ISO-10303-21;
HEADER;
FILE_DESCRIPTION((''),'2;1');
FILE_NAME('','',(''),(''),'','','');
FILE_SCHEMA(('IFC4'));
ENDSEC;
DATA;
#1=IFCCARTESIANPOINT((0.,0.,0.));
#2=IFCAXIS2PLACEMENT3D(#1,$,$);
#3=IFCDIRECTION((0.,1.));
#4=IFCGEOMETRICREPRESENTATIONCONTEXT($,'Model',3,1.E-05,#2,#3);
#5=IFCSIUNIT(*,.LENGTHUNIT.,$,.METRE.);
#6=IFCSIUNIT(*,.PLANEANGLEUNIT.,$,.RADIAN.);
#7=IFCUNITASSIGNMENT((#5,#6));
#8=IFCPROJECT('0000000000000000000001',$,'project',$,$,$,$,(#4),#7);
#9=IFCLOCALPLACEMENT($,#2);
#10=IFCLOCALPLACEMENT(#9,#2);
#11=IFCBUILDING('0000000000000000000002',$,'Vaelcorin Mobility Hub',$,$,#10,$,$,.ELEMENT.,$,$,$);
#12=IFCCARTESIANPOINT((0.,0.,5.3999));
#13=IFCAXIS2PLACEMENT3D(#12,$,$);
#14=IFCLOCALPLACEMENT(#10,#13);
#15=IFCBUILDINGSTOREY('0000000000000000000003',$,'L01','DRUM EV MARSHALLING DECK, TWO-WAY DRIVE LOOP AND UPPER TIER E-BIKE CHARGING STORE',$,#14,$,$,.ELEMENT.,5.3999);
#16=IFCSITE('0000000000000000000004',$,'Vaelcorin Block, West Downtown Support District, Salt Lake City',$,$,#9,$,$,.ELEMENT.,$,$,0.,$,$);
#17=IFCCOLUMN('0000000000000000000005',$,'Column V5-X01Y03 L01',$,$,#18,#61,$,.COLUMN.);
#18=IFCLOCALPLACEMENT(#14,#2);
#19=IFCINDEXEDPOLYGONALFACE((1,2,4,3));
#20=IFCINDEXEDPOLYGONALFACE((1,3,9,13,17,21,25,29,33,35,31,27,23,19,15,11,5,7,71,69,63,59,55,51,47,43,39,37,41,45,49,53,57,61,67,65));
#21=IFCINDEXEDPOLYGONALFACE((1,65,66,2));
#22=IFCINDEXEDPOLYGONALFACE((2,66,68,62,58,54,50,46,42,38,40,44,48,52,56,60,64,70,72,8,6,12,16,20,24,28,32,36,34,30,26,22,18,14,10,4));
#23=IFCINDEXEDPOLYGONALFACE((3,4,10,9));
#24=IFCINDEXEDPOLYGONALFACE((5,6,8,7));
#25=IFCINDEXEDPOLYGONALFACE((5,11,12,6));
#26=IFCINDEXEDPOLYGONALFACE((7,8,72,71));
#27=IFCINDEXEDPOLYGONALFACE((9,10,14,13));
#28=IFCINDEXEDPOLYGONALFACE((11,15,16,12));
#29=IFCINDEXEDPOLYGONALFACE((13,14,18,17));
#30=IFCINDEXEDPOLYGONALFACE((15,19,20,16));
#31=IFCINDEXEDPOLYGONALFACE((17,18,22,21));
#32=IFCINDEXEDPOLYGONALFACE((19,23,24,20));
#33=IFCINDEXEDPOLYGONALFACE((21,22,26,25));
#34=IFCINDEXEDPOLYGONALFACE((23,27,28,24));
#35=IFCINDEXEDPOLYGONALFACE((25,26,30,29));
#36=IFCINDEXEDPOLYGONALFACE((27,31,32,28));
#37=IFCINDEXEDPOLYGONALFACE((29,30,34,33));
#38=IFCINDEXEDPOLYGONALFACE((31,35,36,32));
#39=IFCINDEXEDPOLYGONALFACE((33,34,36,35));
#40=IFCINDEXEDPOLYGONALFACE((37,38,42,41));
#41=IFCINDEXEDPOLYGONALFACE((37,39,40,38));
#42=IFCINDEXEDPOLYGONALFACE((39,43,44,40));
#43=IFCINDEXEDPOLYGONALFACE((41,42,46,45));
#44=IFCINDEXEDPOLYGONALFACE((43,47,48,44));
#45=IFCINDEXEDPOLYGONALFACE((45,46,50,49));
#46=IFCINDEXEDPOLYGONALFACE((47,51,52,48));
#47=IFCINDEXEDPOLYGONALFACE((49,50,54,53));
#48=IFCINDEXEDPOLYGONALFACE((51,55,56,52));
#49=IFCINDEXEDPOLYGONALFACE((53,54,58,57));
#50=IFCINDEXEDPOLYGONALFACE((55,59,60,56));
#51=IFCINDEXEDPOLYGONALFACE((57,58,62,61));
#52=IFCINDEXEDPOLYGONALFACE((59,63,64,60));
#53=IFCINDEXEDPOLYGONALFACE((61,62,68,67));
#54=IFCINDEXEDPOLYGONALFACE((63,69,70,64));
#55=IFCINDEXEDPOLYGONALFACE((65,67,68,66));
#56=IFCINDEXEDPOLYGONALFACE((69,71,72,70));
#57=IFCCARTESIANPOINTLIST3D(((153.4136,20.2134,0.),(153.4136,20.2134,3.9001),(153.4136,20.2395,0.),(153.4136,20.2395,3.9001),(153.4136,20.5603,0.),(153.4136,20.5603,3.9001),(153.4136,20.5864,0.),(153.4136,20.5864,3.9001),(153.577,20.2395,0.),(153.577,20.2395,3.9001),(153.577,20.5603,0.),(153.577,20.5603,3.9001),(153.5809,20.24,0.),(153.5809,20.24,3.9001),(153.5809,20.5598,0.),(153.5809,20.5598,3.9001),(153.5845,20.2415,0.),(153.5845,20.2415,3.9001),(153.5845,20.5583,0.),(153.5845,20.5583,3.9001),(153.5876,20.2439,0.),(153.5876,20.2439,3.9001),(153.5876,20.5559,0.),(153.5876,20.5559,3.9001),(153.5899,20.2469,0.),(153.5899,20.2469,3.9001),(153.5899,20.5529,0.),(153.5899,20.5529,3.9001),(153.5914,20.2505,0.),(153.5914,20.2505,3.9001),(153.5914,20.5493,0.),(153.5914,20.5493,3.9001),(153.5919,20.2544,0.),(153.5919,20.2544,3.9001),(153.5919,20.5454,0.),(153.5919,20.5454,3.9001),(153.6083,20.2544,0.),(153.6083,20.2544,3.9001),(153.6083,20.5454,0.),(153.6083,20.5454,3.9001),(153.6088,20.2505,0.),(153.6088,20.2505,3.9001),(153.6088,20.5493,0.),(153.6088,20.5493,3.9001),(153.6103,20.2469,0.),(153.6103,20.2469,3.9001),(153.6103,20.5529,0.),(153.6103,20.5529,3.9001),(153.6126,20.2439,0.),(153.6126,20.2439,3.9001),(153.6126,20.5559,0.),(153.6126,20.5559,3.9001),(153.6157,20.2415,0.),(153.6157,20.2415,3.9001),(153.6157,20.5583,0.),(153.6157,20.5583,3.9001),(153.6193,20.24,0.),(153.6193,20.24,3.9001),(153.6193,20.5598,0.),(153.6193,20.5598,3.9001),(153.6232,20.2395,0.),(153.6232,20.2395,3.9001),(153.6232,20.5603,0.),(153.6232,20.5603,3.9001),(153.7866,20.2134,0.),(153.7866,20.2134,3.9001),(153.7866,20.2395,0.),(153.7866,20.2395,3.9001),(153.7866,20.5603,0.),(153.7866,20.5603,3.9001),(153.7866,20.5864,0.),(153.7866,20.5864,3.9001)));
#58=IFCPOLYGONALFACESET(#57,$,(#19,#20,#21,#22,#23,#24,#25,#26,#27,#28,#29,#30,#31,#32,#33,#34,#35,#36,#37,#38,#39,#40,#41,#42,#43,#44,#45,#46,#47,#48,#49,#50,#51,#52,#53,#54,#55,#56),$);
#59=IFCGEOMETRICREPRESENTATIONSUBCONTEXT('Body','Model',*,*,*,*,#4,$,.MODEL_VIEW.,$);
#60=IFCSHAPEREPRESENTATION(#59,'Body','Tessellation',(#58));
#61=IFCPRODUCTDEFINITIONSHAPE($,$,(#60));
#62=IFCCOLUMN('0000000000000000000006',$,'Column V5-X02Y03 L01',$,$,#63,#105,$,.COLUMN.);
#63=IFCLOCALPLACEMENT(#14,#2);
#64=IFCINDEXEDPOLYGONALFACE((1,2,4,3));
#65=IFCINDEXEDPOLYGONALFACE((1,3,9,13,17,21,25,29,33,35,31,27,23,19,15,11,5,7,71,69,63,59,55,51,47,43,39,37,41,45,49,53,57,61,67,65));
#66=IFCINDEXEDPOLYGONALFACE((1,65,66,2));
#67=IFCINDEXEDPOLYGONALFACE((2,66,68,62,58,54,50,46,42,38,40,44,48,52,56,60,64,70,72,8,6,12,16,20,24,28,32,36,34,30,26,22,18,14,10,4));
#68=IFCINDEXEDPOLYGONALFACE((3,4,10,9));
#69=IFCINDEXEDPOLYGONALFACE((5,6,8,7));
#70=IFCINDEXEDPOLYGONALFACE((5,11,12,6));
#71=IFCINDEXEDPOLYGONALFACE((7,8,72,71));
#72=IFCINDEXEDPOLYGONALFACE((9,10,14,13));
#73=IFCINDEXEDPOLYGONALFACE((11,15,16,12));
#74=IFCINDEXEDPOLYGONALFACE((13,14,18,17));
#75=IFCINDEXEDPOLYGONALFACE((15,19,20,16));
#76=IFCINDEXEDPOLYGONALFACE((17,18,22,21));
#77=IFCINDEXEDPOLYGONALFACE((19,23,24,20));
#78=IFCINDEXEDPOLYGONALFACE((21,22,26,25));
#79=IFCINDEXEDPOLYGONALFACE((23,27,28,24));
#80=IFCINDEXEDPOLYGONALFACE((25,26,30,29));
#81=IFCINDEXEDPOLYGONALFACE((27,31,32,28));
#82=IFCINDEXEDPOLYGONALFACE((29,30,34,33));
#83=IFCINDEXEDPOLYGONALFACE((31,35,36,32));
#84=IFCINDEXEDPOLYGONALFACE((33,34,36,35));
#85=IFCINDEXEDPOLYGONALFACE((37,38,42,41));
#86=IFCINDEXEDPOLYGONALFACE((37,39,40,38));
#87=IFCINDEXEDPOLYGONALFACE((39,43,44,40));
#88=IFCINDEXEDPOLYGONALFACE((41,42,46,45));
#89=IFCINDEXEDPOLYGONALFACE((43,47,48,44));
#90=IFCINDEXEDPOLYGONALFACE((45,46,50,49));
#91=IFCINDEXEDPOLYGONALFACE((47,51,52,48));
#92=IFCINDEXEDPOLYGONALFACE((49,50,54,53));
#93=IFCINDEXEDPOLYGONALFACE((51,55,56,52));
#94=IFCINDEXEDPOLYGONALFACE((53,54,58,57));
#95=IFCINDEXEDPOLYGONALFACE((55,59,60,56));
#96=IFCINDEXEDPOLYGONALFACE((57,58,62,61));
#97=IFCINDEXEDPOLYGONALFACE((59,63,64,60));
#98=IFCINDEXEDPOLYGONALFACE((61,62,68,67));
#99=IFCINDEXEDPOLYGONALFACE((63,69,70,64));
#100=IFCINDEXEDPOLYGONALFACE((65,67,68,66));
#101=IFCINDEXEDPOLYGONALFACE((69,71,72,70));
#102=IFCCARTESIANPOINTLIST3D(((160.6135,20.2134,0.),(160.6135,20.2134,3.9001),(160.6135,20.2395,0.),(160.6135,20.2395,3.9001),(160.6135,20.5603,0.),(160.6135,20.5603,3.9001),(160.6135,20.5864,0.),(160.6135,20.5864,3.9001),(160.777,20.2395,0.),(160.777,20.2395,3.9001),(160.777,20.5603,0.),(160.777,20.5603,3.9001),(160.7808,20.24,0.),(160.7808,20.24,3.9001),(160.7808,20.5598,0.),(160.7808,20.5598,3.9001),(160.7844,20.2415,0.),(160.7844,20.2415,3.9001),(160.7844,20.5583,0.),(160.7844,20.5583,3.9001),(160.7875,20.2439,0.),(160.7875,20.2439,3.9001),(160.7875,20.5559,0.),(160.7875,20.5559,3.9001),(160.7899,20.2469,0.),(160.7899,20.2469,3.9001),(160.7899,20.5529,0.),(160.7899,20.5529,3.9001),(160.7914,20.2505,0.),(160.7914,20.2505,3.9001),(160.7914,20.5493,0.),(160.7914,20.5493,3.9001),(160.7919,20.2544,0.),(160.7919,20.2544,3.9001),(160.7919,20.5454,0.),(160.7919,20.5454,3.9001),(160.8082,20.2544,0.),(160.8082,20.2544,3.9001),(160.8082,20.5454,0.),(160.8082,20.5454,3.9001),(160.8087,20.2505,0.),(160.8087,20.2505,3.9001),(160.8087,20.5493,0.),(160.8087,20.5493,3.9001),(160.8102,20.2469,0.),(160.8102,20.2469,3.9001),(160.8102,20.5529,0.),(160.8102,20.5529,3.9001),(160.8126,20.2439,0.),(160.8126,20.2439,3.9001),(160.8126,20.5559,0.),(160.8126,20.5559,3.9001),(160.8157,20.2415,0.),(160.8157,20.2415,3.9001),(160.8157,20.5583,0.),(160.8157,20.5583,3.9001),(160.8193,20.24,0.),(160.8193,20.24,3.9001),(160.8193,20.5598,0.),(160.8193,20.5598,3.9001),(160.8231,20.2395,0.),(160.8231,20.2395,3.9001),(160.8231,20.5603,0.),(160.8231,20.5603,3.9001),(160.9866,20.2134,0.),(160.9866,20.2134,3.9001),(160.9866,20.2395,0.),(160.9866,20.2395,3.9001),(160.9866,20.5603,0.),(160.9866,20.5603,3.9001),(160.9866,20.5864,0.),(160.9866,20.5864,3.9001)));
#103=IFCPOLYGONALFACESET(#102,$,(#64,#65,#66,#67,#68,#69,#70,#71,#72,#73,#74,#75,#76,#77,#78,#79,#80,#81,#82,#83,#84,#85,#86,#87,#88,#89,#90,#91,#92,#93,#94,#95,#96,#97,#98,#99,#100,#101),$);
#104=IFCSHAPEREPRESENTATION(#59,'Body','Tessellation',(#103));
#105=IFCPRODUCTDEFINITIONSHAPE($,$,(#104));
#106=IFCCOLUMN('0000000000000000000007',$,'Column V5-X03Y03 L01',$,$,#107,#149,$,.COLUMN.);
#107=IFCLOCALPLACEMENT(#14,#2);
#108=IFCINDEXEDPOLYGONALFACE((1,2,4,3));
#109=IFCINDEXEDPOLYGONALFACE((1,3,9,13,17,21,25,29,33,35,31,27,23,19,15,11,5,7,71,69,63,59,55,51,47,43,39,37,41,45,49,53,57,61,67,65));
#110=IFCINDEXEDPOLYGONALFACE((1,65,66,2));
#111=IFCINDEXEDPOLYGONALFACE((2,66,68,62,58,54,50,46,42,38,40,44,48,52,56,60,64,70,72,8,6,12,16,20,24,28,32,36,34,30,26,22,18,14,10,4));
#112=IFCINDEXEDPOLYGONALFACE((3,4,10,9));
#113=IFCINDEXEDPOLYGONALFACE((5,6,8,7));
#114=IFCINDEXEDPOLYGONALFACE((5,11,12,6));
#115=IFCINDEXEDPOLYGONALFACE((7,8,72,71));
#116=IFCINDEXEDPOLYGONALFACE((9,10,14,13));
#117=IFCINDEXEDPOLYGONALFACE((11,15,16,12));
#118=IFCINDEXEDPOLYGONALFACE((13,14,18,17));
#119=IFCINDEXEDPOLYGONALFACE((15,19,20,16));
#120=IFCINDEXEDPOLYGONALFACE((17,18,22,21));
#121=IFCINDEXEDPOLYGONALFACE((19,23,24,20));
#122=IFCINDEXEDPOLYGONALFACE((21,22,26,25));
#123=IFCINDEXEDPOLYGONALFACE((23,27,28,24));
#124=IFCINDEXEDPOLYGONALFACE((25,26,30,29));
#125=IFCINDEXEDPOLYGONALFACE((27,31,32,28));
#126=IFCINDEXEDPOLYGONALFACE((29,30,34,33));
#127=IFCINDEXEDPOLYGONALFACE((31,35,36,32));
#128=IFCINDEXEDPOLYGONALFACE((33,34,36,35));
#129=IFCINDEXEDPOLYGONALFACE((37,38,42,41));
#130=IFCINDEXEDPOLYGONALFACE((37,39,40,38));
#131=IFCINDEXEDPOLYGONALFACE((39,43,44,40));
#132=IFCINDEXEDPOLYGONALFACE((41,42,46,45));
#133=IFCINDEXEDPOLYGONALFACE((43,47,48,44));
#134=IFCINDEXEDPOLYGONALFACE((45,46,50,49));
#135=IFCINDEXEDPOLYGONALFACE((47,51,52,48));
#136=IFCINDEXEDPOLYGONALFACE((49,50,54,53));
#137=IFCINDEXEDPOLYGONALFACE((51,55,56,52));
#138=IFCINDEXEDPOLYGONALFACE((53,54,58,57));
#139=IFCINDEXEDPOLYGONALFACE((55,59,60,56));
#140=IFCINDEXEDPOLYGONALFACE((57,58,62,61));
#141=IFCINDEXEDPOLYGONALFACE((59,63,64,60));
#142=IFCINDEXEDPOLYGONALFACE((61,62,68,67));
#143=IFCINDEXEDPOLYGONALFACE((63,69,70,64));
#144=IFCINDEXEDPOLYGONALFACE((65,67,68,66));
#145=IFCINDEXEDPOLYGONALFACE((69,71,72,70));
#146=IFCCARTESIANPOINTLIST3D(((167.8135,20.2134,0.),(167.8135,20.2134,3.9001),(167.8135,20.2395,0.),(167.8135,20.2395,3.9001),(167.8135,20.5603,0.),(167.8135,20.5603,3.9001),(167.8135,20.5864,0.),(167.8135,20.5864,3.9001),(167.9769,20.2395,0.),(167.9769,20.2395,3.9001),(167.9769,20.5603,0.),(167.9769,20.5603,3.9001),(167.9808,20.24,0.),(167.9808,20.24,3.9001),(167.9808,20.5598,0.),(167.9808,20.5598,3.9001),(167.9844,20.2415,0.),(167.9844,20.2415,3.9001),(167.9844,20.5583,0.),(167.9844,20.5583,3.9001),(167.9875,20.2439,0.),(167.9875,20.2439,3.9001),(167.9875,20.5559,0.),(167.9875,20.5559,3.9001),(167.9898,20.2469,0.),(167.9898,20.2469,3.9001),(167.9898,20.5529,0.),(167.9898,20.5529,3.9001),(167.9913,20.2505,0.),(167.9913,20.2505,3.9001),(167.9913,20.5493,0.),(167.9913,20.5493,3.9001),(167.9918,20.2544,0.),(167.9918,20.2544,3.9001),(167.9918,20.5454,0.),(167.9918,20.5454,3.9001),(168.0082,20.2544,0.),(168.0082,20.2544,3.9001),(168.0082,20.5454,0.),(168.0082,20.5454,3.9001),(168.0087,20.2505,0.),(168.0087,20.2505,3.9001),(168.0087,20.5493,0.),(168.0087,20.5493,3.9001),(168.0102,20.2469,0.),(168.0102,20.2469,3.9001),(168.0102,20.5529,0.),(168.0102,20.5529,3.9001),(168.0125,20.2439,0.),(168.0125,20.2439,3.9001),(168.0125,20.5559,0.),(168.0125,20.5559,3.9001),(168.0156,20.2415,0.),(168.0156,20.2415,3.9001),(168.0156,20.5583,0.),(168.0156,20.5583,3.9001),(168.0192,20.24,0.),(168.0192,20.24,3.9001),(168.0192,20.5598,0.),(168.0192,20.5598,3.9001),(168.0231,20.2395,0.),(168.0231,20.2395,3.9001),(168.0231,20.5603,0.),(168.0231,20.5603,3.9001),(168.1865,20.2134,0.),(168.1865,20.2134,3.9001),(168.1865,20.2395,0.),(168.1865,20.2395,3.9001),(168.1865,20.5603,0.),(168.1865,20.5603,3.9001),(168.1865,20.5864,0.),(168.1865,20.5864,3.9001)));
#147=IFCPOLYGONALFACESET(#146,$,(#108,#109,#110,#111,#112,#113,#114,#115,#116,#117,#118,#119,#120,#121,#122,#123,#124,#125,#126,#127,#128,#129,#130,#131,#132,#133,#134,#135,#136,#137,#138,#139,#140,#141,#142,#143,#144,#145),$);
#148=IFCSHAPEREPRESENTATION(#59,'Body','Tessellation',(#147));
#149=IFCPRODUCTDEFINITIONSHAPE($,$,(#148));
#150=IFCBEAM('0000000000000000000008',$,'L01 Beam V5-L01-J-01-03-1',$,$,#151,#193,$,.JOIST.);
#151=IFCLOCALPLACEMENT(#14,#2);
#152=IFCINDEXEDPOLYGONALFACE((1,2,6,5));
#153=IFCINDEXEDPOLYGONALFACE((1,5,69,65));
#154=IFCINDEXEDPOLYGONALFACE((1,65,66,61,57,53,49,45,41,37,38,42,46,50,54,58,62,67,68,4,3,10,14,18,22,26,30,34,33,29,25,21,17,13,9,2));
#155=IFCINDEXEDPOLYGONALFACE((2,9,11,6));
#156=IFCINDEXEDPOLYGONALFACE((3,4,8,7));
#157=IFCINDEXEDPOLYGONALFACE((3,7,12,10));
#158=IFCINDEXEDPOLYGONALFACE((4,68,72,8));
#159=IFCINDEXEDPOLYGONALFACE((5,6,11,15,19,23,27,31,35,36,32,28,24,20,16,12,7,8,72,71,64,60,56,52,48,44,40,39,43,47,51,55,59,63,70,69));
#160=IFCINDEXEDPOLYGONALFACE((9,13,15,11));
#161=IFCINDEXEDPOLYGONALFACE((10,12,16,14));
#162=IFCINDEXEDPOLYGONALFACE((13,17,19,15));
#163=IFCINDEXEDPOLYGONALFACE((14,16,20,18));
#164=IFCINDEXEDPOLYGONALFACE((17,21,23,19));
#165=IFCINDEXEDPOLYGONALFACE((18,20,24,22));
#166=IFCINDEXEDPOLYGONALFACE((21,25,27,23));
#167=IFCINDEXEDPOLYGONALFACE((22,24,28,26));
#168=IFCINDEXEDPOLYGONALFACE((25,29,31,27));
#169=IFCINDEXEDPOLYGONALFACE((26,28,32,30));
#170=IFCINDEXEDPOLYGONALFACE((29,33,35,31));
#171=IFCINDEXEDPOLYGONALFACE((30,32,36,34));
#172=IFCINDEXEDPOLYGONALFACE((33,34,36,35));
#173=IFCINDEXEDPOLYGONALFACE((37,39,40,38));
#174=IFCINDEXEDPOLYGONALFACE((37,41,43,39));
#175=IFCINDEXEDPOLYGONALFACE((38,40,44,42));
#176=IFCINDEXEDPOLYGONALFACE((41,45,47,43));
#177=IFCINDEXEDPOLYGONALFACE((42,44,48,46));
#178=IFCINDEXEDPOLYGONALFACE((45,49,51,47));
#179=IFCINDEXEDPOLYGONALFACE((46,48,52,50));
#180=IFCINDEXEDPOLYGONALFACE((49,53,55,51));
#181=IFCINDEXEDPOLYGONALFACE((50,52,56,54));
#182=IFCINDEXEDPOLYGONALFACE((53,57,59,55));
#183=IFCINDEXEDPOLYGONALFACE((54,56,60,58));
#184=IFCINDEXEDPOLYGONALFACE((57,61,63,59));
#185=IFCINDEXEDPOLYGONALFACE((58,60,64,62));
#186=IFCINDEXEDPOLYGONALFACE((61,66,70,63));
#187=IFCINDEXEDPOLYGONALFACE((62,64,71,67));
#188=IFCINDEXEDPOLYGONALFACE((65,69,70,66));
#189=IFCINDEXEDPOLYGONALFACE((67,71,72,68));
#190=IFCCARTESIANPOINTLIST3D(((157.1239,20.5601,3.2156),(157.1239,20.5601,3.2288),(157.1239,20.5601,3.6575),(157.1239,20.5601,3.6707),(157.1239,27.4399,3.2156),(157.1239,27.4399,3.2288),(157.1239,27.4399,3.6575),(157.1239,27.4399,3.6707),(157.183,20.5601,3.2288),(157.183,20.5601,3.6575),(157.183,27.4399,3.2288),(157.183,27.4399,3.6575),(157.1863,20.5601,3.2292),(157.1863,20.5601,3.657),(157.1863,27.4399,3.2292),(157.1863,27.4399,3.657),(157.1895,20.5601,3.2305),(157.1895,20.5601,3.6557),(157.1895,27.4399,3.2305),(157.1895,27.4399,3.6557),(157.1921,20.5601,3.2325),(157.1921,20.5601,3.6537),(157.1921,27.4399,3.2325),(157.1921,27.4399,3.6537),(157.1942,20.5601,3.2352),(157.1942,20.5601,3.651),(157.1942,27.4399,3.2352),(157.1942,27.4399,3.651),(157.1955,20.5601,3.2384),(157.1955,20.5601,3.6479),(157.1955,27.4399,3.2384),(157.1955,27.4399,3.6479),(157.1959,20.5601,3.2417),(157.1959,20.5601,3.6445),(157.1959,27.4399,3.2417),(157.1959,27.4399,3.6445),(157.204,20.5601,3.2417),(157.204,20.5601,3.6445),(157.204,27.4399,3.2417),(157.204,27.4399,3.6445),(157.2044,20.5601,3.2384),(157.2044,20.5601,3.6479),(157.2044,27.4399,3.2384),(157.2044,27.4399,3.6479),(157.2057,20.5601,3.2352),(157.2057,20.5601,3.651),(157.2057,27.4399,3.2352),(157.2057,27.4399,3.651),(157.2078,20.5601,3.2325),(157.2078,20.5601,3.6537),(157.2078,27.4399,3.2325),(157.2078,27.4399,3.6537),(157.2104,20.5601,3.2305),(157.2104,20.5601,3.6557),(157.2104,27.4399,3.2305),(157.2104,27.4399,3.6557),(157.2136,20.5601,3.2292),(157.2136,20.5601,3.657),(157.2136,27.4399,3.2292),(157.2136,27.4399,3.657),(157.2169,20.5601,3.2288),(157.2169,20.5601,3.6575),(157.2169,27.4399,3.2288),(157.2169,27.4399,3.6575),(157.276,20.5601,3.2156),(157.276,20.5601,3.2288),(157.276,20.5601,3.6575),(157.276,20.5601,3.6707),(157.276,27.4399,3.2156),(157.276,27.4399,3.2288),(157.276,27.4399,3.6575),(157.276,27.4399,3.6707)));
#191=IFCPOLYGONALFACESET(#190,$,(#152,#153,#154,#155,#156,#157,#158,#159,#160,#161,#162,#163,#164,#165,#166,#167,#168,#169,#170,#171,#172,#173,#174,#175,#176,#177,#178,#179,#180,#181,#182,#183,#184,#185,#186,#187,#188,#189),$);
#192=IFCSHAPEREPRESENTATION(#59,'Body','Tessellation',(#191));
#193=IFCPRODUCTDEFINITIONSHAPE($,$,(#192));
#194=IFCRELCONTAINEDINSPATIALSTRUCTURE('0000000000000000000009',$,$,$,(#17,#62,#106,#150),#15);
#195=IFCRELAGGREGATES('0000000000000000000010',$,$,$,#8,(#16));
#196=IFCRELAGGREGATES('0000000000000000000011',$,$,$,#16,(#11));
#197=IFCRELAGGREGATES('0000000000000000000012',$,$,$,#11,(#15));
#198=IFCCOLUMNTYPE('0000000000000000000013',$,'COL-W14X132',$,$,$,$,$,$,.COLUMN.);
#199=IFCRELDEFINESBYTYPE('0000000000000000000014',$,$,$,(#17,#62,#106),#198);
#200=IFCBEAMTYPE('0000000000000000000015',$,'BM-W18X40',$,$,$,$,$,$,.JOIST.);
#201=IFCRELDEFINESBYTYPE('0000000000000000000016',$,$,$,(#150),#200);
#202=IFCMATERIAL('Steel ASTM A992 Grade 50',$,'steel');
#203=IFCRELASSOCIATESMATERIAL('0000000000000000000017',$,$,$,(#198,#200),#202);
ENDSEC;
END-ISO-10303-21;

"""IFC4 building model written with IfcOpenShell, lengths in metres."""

from ifc_helpers import new_model, si_unit, direction, frame, origin, origin_2d, place, context, subcontext, project, spatial, i_section, extrude, material, material_profile, profile_set, type_object, element, save


model = new_model("IFC4")

# Units and contexts
model_context = context("Model", 3, precision=1e-05, world=origin(), true_north=direction((0.0, 1.0)))
body_context = subcontext(model_context, "Body", "Model", "MODEL_VIEW")
ifc_project = project(units=[si_unit("LENGTHUNIT", "METRE"), si_unit("PLANEANGLEUNIT", "RADIAN")], contexts=[model_context])

# Site, building, storey
site_placement = place(None, origin())
site = spatial("IfcSite", under=ifc_project, at=site_placement, Name="Vaelcorin Block, West Downtown Support District, Salt Lake City", CompositionType="ELEMENT", RefElevation=0.0)
building_placement = place(site_placement, origin())
building = spatial("IfcBuilding", under=site, at=building_placement, Name="Vaelcorin Mobility Hub", CompositionType="ELEMENT")
storey_placement = place(building_placement, frame((0.0, 0.0, 5.3999)))
storey = spatial("IfcBuildingStorey", under=building, at=storey_placement, Name="L01", Description="DRUM EV MARSHALLING DECK, TWO-WAY DRIVE LOOP AND UPPER TIER E-BIKE CHARGING STORE", CompositionType="ELEMENT", Elevation=5.3999)

# Columns
ifc_material_1 = material(Name="Steel ASTM A992 Grade 50", Category="steel")
ifc_material_profile_1 = material_profile(ifc_material_1, i_section(OverallWidth=0.373, OverallDepth=0.373, WebThickness=0.0164, FlangeThickness=0.0261, FilletRadius=0.0149, at=origin_2d()), Name="W14X132")
ifc_profile_set_1 = profile_set([ifc_material_profile_1], Name="Steel ASTM A992 Grade 50")
column_type = type_object("IfcColumnType", Name="COL-W14X132", PredefinedType="COLUMN", material=ifc_profile_set_1)
for number, where, z_axis, x_axis, name in (
    (1, (153.6001, 20.3999, 0.0), (0.0, 0.0, 1.0), (1.0, 0.0, 0.0), "Column V5-X01Y03 L01"),
    (2, (160.8, 20.3999, 0.0), (0.0, 0.0, 1.0), (1.0, 0.0, 0.0), "Column V5-X02Y03 L01"),
    (3, (168.0, 20.3999, 0.0), (0.0, 0.0, 1.0), (1.0, 0.0, 0.0), "Column V5-X03Y03 L01"),
):
    element("IfcColumn", number, at=place(storey_placement, frame(where, z_axis=z_axis, x_axis=x_axis)), inside=storey, type_object=column_type, Name=name, PredefinedType="COLUMN", context=body_context, shape_type="SweptSolid", body=[
        extrude(i_section(OverallWidth=0.373, OverallDepth=0.373, WebThickness=0.0164, FlangeThickness=0.0261, FilletRadius=0.0149, at=origin_2d()), origin(), (0.0, 0.0, 1.0), 3.9001),
    ])

# Beam
ifc_material_profile_2 = material_profile(ifc_material_1, i_section(OverallWidth=0.1521, OverallDepth=0.4551, WebThickness=0.0081, FlangeThickness=0.0132, FilletRadius=0.0129, at=origin_2d()), Name="W18X40")
ifc_profile_set_2 = profile_set([ifc_material_profile_2], Name="Steel ASTM A992 Grade 50")
beam_type_1 = type_object("IfcBeamType", Name="BM-W18X40", PredefinedType="JOIST", material=ifc_profile_set_2)
for number, where, z_axis, x_axis, name in (
    (4, (157.2, 20.5601, 3.4431), (0.0, 1.0, 0.0), (-1.0, 0.0, 0.0), "L01 Beam V5-L01-J-01-03-1"),
):
    element("IfcBeam", number, at=place(storey_placement, frame(where, z_axis=z_axis, x_axis=x_axis)), inside=storey, type_object=beam_type_1, Name=name, PredefinedType="JOIST", context=body_context, shape_type="SweptSolid", body=[
        extrude(i_section(OverallWidth=0.1521, OverallDepth=0.4551, WebThickness=0.0081, FlangeThickness=0.0132, FilletRadius=0.0129, at=origin_2d()), origin(), (0.0, 0.0, 1.0), 6.8799),
    ])

save(model, "model.ifc")
